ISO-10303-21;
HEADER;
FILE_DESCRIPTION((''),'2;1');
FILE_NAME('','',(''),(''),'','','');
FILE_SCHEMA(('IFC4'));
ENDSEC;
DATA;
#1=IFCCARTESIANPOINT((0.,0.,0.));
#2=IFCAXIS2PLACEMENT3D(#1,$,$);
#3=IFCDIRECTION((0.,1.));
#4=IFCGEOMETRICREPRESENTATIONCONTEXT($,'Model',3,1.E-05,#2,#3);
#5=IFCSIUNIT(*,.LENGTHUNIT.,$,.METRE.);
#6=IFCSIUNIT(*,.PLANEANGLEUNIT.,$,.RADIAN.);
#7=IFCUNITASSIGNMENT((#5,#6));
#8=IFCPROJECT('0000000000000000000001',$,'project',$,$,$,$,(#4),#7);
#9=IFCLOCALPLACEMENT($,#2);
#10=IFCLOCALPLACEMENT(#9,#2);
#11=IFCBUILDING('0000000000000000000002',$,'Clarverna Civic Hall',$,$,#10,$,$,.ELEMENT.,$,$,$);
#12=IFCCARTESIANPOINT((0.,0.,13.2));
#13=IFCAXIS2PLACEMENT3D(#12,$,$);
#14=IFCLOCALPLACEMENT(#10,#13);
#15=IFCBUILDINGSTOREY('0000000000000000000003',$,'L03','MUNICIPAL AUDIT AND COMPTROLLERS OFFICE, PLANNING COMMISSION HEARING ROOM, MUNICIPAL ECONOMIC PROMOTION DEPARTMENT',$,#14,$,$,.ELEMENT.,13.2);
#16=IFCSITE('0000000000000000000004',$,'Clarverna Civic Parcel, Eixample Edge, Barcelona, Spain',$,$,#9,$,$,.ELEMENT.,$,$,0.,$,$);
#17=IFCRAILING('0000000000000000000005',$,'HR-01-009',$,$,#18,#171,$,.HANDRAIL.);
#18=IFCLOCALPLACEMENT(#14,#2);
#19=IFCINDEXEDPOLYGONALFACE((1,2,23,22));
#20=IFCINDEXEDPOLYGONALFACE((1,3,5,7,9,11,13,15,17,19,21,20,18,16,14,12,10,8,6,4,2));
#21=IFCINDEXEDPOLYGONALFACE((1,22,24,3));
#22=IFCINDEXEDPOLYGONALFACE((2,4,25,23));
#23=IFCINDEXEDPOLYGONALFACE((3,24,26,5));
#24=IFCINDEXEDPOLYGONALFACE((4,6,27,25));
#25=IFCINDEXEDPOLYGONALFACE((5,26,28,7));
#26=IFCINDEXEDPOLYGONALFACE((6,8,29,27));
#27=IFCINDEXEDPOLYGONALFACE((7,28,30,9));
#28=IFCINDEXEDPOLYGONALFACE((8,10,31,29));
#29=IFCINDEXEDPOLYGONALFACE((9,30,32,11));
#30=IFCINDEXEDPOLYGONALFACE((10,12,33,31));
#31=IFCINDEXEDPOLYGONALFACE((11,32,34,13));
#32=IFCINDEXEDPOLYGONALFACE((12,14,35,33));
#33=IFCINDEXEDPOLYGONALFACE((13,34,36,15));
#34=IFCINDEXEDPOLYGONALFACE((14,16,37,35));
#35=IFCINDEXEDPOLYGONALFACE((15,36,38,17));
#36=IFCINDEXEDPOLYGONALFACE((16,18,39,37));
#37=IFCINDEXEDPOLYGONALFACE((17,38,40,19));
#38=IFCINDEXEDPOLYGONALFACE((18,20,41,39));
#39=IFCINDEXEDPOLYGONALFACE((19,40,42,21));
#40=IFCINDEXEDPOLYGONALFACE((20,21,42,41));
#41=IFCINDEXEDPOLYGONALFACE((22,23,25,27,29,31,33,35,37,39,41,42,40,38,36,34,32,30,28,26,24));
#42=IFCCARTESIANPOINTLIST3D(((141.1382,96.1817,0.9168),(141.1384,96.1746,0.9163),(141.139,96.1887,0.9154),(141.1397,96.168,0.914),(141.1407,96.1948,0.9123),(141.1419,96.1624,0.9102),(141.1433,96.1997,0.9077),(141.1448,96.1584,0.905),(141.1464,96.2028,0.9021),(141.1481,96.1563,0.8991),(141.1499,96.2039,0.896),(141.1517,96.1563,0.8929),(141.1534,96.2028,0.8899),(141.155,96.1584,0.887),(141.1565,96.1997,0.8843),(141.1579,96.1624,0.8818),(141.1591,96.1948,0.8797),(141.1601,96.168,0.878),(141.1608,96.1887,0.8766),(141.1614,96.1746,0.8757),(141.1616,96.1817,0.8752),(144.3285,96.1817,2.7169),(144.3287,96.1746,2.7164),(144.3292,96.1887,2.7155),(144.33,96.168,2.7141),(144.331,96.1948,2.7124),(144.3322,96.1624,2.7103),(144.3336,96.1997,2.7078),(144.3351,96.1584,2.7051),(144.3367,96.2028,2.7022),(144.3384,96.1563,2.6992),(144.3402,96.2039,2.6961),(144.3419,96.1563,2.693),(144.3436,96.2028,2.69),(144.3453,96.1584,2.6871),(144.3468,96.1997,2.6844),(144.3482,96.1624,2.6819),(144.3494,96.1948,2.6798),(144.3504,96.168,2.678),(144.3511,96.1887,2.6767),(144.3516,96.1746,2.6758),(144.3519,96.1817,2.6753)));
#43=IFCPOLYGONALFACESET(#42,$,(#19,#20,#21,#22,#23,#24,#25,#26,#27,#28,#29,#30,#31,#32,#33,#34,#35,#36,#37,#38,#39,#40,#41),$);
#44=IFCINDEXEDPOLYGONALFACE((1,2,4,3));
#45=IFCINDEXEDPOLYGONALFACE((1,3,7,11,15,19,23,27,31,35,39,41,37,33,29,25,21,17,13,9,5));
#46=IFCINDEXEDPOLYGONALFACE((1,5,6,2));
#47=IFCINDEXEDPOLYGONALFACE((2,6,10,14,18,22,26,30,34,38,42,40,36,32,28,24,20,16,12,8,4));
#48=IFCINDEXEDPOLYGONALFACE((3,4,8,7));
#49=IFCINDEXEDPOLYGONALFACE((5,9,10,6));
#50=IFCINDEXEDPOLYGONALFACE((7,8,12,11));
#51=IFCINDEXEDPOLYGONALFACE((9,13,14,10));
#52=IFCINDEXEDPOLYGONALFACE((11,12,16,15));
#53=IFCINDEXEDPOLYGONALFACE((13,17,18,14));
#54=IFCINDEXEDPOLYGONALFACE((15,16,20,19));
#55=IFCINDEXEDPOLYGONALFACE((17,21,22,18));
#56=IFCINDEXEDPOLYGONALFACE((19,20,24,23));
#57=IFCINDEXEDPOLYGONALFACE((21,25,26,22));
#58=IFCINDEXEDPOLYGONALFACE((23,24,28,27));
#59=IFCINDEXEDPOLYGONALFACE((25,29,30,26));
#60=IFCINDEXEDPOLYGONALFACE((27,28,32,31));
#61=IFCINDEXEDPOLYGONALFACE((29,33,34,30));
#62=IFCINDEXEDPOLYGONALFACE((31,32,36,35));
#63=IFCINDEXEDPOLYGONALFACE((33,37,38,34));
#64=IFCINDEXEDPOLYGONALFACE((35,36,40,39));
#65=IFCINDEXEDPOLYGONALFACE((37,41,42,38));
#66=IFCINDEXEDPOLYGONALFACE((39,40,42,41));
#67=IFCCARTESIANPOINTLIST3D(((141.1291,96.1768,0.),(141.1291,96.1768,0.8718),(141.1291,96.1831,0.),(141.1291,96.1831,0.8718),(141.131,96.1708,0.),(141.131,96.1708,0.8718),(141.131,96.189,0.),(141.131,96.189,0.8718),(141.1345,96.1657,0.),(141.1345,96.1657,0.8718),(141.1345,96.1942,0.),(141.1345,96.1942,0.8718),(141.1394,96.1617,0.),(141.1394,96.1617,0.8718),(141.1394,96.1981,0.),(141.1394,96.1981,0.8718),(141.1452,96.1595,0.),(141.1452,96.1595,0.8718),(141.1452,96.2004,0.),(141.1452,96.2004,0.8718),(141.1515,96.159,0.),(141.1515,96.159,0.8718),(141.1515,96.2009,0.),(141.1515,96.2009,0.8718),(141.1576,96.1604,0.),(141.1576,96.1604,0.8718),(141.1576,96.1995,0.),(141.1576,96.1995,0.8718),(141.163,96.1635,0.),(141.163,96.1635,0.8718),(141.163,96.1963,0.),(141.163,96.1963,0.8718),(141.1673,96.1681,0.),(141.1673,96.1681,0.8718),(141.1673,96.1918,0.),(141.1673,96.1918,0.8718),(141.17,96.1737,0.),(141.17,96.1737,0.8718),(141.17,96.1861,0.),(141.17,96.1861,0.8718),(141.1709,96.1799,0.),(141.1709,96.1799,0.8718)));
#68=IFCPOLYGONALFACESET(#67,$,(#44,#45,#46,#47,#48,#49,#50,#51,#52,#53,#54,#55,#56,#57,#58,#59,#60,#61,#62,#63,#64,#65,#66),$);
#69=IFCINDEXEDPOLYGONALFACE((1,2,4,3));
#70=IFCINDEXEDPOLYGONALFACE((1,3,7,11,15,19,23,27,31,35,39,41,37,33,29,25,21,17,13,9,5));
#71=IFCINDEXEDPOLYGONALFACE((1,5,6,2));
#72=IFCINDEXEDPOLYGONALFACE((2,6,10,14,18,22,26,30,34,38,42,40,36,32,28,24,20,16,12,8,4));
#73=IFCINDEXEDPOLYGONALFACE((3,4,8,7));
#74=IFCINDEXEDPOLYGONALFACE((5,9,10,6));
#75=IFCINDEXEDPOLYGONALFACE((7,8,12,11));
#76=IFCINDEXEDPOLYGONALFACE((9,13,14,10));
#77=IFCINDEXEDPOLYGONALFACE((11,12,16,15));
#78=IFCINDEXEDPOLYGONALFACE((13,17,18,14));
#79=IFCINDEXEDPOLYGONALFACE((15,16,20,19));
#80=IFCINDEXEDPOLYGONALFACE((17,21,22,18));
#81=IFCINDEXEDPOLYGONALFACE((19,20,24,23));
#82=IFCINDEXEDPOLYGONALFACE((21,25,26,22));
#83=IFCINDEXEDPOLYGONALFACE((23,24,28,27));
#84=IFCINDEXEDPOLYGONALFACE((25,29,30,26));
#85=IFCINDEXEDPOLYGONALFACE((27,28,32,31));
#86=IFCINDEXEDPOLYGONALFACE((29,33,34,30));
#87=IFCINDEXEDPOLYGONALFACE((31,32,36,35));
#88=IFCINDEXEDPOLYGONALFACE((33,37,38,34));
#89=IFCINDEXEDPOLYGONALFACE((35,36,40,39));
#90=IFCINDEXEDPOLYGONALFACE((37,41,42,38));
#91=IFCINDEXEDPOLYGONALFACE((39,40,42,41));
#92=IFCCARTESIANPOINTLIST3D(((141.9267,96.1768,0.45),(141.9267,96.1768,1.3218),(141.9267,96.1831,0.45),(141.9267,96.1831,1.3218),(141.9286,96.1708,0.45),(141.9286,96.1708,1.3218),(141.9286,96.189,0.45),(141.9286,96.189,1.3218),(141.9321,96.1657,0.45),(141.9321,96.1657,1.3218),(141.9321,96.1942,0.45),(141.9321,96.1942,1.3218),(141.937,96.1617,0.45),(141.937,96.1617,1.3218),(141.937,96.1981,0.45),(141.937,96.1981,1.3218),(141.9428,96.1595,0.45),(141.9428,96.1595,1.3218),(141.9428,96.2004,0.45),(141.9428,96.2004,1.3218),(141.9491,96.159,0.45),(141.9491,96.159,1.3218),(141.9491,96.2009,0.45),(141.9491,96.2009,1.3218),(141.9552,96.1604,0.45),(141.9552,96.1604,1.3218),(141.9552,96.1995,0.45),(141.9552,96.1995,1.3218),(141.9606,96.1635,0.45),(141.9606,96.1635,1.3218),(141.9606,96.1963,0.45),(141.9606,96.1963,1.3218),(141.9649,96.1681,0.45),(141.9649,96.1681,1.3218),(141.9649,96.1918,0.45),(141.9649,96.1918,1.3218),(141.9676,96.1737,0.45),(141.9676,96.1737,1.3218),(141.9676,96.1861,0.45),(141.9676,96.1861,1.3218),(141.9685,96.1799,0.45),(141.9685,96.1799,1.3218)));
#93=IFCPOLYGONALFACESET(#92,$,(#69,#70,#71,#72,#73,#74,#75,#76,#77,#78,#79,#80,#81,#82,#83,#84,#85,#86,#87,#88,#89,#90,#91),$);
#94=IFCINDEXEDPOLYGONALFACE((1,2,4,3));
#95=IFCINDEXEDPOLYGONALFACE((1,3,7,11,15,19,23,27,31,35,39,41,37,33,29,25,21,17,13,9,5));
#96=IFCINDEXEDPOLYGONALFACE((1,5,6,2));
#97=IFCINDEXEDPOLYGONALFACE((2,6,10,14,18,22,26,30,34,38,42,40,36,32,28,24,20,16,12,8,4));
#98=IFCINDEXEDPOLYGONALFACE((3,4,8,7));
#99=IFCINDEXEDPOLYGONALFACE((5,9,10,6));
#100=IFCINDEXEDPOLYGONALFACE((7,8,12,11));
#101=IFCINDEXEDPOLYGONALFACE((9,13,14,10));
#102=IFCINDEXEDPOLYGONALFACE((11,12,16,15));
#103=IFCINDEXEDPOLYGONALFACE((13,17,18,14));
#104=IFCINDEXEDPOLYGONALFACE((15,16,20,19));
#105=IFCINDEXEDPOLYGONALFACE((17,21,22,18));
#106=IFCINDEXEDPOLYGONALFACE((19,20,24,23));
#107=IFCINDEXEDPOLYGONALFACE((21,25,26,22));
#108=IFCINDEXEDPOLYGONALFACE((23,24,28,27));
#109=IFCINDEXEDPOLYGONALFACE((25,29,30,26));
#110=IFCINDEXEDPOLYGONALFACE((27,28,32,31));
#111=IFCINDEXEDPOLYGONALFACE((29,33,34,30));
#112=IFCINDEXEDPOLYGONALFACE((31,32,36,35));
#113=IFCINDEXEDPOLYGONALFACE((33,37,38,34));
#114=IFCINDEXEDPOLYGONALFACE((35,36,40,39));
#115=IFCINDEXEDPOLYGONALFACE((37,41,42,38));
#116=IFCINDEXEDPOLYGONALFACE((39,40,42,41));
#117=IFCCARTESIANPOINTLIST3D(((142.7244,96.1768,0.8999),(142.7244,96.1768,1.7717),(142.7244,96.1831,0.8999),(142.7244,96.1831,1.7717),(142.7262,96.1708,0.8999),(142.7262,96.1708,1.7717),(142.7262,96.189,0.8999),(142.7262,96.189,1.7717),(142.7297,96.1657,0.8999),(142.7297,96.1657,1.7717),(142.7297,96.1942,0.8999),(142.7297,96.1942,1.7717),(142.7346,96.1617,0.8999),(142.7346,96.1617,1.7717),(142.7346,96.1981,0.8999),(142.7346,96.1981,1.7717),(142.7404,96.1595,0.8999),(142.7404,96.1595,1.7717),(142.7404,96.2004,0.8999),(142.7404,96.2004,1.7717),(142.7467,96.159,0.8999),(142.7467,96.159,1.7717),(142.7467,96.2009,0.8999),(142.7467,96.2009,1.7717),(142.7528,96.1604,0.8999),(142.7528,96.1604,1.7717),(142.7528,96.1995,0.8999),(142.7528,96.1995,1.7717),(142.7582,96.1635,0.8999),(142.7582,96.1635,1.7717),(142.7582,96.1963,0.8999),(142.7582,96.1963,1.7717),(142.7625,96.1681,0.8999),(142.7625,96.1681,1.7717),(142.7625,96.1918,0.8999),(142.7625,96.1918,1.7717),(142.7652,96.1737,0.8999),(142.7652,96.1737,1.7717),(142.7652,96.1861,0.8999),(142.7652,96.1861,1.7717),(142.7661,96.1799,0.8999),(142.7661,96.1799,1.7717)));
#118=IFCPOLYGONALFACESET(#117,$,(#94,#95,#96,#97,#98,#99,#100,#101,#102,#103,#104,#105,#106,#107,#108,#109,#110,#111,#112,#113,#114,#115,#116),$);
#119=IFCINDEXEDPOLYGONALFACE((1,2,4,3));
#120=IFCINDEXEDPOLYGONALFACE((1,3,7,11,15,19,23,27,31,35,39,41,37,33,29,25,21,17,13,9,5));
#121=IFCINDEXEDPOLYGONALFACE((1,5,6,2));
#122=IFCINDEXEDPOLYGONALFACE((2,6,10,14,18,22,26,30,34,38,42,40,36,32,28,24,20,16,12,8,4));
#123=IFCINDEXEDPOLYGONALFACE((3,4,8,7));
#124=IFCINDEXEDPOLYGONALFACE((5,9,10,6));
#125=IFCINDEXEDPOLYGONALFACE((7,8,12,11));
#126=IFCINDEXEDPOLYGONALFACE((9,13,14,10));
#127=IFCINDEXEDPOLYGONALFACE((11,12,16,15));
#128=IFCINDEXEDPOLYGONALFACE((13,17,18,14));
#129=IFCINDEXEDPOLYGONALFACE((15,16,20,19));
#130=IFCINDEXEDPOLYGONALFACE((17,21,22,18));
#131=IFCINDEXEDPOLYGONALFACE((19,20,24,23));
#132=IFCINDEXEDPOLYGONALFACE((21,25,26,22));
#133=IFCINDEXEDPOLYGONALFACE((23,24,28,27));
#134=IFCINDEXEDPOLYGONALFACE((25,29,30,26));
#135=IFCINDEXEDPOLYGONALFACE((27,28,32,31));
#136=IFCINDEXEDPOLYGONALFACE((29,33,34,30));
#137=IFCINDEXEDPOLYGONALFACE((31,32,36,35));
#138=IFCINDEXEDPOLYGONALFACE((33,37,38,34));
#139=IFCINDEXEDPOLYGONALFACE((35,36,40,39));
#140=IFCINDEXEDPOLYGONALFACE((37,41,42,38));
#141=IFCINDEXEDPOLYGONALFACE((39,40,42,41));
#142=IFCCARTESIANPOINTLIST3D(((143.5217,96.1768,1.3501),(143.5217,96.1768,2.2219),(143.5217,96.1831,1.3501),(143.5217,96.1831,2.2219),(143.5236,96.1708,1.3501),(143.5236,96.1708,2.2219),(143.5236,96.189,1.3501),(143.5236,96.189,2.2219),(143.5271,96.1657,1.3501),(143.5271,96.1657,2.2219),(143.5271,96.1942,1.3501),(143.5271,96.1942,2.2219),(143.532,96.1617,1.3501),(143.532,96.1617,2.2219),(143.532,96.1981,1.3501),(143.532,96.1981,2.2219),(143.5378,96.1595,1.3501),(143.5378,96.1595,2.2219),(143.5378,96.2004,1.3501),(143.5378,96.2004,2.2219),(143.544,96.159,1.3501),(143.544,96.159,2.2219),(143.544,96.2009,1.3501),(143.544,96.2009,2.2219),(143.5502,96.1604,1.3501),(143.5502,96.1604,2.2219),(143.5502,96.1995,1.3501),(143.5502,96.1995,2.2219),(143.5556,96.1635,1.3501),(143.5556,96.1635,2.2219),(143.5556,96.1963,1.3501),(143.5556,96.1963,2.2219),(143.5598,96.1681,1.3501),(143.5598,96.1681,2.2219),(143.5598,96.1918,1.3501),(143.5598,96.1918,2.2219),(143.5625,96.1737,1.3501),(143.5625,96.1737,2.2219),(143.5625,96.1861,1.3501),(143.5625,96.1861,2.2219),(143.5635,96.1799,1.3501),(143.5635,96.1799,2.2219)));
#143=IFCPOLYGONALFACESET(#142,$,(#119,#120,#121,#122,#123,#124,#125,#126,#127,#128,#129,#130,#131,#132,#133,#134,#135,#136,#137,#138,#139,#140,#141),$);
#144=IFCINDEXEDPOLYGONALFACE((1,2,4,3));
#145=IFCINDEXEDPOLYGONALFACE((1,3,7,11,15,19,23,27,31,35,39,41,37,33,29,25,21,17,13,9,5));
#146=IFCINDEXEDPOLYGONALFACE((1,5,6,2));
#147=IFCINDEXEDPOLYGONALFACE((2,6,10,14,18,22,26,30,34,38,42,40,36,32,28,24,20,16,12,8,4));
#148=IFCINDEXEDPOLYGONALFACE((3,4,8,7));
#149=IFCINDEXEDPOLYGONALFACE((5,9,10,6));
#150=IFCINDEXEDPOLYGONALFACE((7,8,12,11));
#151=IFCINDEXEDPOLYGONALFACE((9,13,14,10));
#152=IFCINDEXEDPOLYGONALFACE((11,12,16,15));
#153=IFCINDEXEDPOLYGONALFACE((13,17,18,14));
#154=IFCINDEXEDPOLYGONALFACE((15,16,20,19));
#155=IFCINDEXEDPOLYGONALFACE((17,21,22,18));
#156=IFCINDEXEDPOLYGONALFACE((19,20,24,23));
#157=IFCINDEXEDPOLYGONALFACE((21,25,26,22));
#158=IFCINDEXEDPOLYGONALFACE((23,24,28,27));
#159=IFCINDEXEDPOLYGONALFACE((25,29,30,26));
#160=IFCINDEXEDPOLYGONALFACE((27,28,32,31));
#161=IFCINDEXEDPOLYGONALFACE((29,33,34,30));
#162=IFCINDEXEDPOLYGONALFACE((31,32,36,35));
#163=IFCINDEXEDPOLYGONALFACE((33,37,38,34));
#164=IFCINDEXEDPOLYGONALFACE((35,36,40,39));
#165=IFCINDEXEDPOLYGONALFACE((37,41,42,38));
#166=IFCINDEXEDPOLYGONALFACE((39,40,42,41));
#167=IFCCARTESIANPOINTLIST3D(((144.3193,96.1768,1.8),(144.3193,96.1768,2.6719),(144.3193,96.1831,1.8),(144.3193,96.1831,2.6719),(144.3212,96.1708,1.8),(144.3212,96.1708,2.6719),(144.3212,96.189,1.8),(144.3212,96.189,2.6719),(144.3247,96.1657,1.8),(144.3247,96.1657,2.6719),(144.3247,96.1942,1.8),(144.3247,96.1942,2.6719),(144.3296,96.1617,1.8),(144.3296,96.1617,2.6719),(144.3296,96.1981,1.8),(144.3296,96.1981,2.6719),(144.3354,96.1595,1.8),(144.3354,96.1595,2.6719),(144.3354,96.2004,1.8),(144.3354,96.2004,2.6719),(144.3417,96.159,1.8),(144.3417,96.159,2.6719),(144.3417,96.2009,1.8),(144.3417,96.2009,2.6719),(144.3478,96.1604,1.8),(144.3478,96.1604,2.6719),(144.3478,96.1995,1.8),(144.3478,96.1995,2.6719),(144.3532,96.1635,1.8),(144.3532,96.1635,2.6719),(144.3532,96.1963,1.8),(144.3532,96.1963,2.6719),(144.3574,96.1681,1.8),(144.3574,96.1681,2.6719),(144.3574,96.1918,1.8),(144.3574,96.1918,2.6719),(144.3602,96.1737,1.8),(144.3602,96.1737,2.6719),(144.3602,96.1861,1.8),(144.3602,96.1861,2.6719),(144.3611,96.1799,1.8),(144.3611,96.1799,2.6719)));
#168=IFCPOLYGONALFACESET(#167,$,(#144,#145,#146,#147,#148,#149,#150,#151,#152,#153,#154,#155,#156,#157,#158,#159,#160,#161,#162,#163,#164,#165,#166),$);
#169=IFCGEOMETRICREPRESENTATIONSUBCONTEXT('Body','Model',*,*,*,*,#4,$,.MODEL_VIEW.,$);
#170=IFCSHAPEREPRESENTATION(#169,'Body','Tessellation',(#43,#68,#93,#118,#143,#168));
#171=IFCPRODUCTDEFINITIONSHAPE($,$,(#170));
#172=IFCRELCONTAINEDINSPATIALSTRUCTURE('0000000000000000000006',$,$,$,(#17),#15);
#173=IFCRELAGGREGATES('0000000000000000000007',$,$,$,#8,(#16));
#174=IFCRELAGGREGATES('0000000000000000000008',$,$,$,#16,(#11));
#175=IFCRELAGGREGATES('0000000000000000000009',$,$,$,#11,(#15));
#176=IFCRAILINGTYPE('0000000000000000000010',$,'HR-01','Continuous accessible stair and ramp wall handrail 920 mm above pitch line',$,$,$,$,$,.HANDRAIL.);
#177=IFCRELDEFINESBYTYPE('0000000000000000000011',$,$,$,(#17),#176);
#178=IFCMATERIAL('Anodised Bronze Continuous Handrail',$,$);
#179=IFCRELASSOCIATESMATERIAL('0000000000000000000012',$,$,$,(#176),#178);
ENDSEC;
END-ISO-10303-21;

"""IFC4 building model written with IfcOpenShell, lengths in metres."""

from ifc_helpers import new_model, si_unit, direction, frame, origin, origin_2d, place, context, subcontext, project, spatial, circle, extrude, material, type_object, element, save


model = new_model("IFC4")

# Units and contexts
model_context = context("Model", 3, precision=1e-05, world=origin(), true_north=direction((0.0, 1.0)))
body_context = subcontext(model_context, "Body", "Model", "MODEL_VIEW")
ifc_project = project(units=[si_unit("LENGTHUNIT", "METRE"), si_unit("PLANEANGLEUNIT", "RADIAN")], contexts=[model_context])

# Site, building, storey
site_placement = place(None, origin())
site = spatial("IfcSite", under=ifc_project, at=site_placement, Name="Clarverna Civic Parcel, Eixample Edge, Barcelona, Spain", CompositionType="ELEMENT", RefElevation=0.0)
building_placement = place(site_placement, origin())
building = spatial("IfcBuilding", under=site, at=building_placement, Name="Clarverna Civic Hall", CompositionType="ELEMENT")
storey_placement = place(building_placement, frame((0.0, 0.0, 13.2)))
storey = spatial("IfcBuildingStorey", under=building, at=storey_placement, Name="L03", Description="MUNICIPAL AUDIT AND COMPTROLLERS OFFICE, PLANNING COMMISSION HEARING ROOM, MUNICIPAL ECONOMIC PROMOTION DEPARTMENT", CompositionType="ELEMENT", Elevation=13.2)

# Railing
ifc_material_1 = material(Name="Anodised Bronze Continuous Handrail")
railing_type_1 = type_object("IfcRailingType", Name="HR-01", Description="Continuous accessible stair and ramp wall handrail 920 mm above pitch line", PredefinedType="HANDRAIL", material=ifc_material_1)
railing_1_placement = place(storey_placement, frame((141.1499, 96.1799, 0.0)))
element("IfcRailing", 1, at=railing_1_placement, inside=storey, type_object=railing_type_1, Name="HR-01-009", PredefinedType="HANDRAIL", context=body_context, shape_type="SweptSolid", body=[
    extrude(circle(Radius=0.0239, at=origin_2d()), frame((0.0, 0.0, 0.896), z_axis=(0.870925, 0.0, 0.491416), x_axis=(0.0, 1.0, 0.0)), (0.0, 0.0, 1.0), 3.6631),
    extrude(circle(Radius=0.021, at=origin_2d()), origin(), (0.0, 0.0, 1.0), 0.8718),
    extrude(circle(Radius=0.021, at=origin_2d()), frame((0.7976, 0.0, 0.45)), (0.0, 0.0, 1.0), 0.8718),
    extrude(circle(Radius=0.021, at=origin_2d()), frame((1.5952, 0.0, 0.8999)), (0.0, 0.0, 1.0), 0.8718),
    extrude(circle(Radius=0.021, at=origin_2d()), frame((2.3926, 0.0, 1.3501)), (0.0, 0.0, 1.0), 0.8718),
    extrude(circle(Radius=0.021, at=origin_2d()), frame((3.1902, 0.0, 1.8)), (0.0, 0.0, 1.0), 0.8718),
])

save(model, "model.ifc")
